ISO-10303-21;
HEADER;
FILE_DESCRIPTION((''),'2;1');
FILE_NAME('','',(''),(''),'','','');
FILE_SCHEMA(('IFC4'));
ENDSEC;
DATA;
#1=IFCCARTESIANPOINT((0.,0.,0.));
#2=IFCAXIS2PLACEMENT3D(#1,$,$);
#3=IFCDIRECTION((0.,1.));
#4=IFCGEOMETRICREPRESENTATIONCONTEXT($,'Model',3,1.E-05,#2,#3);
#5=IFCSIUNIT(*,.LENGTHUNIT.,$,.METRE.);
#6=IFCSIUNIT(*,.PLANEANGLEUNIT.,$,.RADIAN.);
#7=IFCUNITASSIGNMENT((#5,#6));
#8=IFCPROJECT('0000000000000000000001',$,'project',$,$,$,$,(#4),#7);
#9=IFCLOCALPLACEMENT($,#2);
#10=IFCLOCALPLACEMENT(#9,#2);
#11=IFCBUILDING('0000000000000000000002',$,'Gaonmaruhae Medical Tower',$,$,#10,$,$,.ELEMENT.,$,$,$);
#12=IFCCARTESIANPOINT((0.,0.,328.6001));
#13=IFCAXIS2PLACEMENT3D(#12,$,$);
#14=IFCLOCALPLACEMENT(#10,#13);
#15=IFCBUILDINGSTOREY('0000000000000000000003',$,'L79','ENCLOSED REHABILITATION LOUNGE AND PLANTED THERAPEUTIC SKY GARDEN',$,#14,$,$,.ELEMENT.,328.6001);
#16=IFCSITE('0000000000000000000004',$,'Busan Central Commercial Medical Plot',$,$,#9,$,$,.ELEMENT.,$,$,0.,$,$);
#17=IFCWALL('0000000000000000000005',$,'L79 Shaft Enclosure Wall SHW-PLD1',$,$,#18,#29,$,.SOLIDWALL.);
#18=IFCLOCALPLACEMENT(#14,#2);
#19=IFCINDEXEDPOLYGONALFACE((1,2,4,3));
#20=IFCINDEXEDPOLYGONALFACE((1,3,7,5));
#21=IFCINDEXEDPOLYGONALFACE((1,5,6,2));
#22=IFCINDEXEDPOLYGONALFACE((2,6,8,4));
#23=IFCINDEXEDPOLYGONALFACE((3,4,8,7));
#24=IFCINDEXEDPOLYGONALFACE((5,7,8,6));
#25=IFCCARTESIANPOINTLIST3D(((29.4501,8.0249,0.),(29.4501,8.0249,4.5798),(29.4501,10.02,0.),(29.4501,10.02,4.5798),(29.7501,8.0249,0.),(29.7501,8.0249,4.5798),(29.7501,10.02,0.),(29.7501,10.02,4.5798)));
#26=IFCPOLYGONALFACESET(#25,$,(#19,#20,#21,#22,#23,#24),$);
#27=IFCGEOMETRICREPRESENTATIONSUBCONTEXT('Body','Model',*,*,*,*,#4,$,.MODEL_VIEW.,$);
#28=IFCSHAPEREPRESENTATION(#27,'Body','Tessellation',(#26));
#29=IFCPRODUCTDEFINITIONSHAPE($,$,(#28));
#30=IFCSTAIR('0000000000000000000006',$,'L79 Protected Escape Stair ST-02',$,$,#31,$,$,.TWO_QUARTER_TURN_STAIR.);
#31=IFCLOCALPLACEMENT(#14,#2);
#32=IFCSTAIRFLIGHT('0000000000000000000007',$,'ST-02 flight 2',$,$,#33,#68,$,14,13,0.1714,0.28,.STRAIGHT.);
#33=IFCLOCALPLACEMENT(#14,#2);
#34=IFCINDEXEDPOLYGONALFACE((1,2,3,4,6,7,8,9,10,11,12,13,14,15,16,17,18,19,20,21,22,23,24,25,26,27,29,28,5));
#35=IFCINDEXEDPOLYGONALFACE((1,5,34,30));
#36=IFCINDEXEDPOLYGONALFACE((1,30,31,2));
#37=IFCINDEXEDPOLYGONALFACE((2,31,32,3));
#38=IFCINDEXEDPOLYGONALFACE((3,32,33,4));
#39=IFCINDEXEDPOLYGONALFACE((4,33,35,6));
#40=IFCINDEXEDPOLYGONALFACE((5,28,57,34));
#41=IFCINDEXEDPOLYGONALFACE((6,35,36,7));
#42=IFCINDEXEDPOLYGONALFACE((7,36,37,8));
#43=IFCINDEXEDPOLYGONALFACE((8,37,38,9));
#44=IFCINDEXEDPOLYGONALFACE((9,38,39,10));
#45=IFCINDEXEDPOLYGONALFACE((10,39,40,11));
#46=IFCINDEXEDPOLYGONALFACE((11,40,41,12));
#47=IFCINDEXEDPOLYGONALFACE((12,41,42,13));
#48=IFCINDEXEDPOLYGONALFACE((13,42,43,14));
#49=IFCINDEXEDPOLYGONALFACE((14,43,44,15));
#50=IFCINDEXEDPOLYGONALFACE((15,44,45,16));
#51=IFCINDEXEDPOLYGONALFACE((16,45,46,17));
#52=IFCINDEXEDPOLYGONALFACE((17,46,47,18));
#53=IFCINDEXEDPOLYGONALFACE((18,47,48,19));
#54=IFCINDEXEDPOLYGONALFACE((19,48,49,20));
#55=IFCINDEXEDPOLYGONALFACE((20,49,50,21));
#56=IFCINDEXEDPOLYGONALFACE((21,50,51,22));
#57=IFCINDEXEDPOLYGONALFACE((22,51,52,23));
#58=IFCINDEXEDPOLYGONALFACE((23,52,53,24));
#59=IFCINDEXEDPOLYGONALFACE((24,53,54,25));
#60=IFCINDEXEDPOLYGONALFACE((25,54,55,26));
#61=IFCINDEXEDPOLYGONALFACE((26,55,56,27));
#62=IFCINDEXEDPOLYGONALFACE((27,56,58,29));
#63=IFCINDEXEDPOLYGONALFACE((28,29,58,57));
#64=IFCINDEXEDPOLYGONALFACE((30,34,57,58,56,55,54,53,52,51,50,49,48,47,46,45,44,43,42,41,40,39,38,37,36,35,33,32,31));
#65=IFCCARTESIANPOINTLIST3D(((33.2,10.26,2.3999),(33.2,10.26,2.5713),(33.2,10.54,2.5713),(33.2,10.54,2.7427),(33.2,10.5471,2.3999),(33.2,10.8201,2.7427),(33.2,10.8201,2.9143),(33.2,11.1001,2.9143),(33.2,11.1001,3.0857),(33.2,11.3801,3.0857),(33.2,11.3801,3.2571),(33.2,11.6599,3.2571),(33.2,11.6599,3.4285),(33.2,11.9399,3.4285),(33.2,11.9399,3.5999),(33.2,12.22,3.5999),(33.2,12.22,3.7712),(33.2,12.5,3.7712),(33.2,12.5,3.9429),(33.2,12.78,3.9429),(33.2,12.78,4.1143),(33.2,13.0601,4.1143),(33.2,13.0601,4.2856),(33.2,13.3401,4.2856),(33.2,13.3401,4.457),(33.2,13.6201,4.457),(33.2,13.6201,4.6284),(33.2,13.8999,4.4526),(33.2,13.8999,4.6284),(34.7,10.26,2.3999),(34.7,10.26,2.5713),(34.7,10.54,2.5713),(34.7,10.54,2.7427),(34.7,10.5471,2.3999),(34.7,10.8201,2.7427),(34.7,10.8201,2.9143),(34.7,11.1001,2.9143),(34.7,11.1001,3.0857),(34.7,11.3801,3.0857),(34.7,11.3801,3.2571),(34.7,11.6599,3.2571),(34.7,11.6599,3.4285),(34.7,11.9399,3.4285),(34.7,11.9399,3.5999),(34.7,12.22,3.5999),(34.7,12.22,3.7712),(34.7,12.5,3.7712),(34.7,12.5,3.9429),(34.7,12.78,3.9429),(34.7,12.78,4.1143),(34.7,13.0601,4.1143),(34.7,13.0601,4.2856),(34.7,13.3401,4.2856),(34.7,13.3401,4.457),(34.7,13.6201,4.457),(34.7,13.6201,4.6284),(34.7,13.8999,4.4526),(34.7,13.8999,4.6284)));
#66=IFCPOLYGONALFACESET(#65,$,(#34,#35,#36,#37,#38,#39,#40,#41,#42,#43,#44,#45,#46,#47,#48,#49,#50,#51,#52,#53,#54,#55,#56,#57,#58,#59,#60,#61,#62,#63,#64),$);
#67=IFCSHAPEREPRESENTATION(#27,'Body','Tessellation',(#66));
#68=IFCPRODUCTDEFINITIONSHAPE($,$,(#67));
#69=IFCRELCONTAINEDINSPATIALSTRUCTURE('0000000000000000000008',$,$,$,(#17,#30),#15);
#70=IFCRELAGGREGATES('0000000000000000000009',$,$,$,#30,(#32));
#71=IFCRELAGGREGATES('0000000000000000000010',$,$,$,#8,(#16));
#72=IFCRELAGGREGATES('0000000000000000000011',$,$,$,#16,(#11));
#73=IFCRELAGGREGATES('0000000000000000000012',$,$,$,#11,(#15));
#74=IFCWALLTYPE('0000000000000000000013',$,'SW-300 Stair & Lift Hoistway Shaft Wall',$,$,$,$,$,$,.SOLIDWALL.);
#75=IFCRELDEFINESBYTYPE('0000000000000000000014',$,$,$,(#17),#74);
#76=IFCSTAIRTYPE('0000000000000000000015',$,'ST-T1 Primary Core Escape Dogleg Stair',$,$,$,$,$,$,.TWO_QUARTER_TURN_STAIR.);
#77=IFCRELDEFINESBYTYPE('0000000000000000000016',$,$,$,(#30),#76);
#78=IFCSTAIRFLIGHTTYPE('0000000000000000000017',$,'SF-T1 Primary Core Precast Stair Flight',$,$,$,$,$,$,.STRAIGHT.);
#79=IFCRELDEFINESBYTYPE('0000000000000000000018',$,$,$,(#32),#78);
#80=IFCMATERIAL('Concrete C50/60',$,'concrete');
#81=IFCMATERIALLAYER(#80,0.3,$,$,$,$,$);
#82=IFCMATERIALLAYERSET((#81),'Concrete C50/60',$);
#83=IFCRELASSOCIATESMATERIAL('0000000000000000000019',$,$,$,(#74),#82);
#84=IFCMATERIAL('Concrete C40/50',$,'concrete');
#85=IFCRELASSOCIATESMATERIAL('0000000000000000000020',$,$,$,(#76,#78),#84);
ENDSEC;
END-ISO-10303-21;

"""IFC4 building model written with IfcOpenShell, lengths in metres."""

from ifc_helpers import new_model, si_unit, direction, frame, frame_2d, origin, place, context, subcontext, project, spatial, polyline, rectangle, outline, extrude, material, layer, layer_set, type_object, element, aggregate, save


model = new_model("IFC4")

# Units and contexts
model_context = context("Model", 3, precision=1e-05, world=origin(), true_north=direction((0.0, 1.0)))
body_context = subcontext(model_context, "Body", "Model", "MODEL_VIEW")
ifc_project = project(units=[si_unit("LENGTHUNIT", "METRE"), si_unit("PLANEANGLEUNIT", "RADIAN")], contexts=[model_context])

# Site, building, storey
site_placement = place(None, origin())
site = spatial("IfcSite", under=ifc_project, at=site_placement, Name="Busan Central Commercial Medical Plot", CompositionType="ELEMENT", RefElevation=0.0)
building_placement = place(site_placement, origin())
building = spatial("IfcBuilding", under=site, at=building_placement, Name="Gaonmaruhae Medical Tower", CompositionType="ELEMENT")
storey_placement = place(building_placement, frame((0.0, 0.0, 328.6001)))
storey = spatial("IfcBuildingStorey", under=building, at=storey_placement, Name="L79", Description="ENCLOSED REHABILITATION LOUNGE AND PLANTED THERAPEUTIC SKY GARDEN", CompositionType="ELEMENT", Elevation=328.6001)

# Shared definitions
ifc_material_1 = material(Name="Concrete C50/60", Category="concrete")

# Shared definitions
ifc_layer_1 = layer(ifc_material_1, 0.3)
ifc_layer_set_1 = layer_set([ifc_layer_1], Name="Concrete C50/60")
wall_type_1 = type_object("IfcWallType", Name="SW-300 Stair & Lift Hoistway Shaft Wall", PredefinedType="SOLIDWALL", material=ifc_layer_set_1)

# Wall
wall_1_placement = place(storey_placement, frame((29.6001, 8.0249, 0.0), z_axis=(0.0, 0.0, 1.0), x_axis=(0.0, 1.0, 0.0)))
element("IfcWall", 1, at=wall_1_placement, inside=storey, type_object=wall_type_1, Name="L79 Shaft Enclosure Wall SHW-PLD1", PredefinedType="SOLIDWALL", context=body_context, shape_type="SweptSolid", body=[
    extrude(rectangle(XDim=1.9951, YDim=0.3, at=frame_2d((0.9976, 0.0))), origin(), (0.0, 0.0, 1.0), 4.5798),
])

# Stair, stair flight
ifc_material_2 = material(Name="Concrete C40/50", Category="concrete")
stair_type = type_object("IfcStairType", Name="ST-T1 Primary Core Escape Dogleg Stair", PredefinedType="TWO_QUARTER_TURN_STAIR", material=ifc_material_2)
stair_placement = place(storey_placement, origin())
stair = element("IfcStair", 2, at=stair_placement, inside=storey, type_object=stair_type, Name="L79 Protected Escape Stair ST-02", PredefinedType="TWO_QUARTER_TURN_STAIR")
stair_flight_type = type_object("IfcStairFlightType", Name="SF-T1 Primary Core Precast Stair Flight", PredefinedType="STRAIGHT", material=ifc_material_2)
stair_flight_placement = place(storey_placement, frame((33.95, 10.26, 2.3999), z_axis=(0.0, 0.0, 1.0), x_axis=(0.0, 1.0, 0.0)))
stair_flight = element("IfcStairFlight", 3, at=stair_flight_placement, type_object=stair_flight_type, Name="ST-02 flight 2", NumberOfRisers=14, NumberOfTreads=13, PredefinedType="STRAIGHT", RiserHeight=0.1714, TreadLength=0.28, context=body_context, shape_type="SweptSolid", body=[
    extrude(outline(polyline([(0.0, 0.0), (0.0, 0.1714), (0.28, 0.1714), (0.28, 0.3428), (0.5601, 0.3428), (0.5601, 0.5144), (0.8401, 0.5144), (0.8401, 0.6858), (1.1201, 0.6858), (1.1201, 0.8572), (1.3999, 0.8572), (1.3999, 1.0286), (1.6799, 1.0286), (1.6799, 1.2), (1.96, 1.2), (1.96, 1.3713), (2.24, 1.3713), (2.24, 1.543), (2.52, 1.543), (2.52, 1.7144), (2.8, 1.7144), (2.8, 1.8857), (3.0801, 1.8857), (3.0801, 2.0571), (3.3601, 2.0571), (3.3601, 2.2285), (3.6399, 2.2285), (3.6399, 2.3999), (3.6399, 2.0527), (0.2871, 0.0), (0.0, 0.0)])), frame((0.0, 0.75, 0.0), z_axis=(0.0, -1.0, 0.0), x_axis=(1.0, 0.0, 0.0)), (0.0, 0.0, 1.0), 1.5),
])
aggregate(stair, [stair_flight])

save(model, "model.ifc")
